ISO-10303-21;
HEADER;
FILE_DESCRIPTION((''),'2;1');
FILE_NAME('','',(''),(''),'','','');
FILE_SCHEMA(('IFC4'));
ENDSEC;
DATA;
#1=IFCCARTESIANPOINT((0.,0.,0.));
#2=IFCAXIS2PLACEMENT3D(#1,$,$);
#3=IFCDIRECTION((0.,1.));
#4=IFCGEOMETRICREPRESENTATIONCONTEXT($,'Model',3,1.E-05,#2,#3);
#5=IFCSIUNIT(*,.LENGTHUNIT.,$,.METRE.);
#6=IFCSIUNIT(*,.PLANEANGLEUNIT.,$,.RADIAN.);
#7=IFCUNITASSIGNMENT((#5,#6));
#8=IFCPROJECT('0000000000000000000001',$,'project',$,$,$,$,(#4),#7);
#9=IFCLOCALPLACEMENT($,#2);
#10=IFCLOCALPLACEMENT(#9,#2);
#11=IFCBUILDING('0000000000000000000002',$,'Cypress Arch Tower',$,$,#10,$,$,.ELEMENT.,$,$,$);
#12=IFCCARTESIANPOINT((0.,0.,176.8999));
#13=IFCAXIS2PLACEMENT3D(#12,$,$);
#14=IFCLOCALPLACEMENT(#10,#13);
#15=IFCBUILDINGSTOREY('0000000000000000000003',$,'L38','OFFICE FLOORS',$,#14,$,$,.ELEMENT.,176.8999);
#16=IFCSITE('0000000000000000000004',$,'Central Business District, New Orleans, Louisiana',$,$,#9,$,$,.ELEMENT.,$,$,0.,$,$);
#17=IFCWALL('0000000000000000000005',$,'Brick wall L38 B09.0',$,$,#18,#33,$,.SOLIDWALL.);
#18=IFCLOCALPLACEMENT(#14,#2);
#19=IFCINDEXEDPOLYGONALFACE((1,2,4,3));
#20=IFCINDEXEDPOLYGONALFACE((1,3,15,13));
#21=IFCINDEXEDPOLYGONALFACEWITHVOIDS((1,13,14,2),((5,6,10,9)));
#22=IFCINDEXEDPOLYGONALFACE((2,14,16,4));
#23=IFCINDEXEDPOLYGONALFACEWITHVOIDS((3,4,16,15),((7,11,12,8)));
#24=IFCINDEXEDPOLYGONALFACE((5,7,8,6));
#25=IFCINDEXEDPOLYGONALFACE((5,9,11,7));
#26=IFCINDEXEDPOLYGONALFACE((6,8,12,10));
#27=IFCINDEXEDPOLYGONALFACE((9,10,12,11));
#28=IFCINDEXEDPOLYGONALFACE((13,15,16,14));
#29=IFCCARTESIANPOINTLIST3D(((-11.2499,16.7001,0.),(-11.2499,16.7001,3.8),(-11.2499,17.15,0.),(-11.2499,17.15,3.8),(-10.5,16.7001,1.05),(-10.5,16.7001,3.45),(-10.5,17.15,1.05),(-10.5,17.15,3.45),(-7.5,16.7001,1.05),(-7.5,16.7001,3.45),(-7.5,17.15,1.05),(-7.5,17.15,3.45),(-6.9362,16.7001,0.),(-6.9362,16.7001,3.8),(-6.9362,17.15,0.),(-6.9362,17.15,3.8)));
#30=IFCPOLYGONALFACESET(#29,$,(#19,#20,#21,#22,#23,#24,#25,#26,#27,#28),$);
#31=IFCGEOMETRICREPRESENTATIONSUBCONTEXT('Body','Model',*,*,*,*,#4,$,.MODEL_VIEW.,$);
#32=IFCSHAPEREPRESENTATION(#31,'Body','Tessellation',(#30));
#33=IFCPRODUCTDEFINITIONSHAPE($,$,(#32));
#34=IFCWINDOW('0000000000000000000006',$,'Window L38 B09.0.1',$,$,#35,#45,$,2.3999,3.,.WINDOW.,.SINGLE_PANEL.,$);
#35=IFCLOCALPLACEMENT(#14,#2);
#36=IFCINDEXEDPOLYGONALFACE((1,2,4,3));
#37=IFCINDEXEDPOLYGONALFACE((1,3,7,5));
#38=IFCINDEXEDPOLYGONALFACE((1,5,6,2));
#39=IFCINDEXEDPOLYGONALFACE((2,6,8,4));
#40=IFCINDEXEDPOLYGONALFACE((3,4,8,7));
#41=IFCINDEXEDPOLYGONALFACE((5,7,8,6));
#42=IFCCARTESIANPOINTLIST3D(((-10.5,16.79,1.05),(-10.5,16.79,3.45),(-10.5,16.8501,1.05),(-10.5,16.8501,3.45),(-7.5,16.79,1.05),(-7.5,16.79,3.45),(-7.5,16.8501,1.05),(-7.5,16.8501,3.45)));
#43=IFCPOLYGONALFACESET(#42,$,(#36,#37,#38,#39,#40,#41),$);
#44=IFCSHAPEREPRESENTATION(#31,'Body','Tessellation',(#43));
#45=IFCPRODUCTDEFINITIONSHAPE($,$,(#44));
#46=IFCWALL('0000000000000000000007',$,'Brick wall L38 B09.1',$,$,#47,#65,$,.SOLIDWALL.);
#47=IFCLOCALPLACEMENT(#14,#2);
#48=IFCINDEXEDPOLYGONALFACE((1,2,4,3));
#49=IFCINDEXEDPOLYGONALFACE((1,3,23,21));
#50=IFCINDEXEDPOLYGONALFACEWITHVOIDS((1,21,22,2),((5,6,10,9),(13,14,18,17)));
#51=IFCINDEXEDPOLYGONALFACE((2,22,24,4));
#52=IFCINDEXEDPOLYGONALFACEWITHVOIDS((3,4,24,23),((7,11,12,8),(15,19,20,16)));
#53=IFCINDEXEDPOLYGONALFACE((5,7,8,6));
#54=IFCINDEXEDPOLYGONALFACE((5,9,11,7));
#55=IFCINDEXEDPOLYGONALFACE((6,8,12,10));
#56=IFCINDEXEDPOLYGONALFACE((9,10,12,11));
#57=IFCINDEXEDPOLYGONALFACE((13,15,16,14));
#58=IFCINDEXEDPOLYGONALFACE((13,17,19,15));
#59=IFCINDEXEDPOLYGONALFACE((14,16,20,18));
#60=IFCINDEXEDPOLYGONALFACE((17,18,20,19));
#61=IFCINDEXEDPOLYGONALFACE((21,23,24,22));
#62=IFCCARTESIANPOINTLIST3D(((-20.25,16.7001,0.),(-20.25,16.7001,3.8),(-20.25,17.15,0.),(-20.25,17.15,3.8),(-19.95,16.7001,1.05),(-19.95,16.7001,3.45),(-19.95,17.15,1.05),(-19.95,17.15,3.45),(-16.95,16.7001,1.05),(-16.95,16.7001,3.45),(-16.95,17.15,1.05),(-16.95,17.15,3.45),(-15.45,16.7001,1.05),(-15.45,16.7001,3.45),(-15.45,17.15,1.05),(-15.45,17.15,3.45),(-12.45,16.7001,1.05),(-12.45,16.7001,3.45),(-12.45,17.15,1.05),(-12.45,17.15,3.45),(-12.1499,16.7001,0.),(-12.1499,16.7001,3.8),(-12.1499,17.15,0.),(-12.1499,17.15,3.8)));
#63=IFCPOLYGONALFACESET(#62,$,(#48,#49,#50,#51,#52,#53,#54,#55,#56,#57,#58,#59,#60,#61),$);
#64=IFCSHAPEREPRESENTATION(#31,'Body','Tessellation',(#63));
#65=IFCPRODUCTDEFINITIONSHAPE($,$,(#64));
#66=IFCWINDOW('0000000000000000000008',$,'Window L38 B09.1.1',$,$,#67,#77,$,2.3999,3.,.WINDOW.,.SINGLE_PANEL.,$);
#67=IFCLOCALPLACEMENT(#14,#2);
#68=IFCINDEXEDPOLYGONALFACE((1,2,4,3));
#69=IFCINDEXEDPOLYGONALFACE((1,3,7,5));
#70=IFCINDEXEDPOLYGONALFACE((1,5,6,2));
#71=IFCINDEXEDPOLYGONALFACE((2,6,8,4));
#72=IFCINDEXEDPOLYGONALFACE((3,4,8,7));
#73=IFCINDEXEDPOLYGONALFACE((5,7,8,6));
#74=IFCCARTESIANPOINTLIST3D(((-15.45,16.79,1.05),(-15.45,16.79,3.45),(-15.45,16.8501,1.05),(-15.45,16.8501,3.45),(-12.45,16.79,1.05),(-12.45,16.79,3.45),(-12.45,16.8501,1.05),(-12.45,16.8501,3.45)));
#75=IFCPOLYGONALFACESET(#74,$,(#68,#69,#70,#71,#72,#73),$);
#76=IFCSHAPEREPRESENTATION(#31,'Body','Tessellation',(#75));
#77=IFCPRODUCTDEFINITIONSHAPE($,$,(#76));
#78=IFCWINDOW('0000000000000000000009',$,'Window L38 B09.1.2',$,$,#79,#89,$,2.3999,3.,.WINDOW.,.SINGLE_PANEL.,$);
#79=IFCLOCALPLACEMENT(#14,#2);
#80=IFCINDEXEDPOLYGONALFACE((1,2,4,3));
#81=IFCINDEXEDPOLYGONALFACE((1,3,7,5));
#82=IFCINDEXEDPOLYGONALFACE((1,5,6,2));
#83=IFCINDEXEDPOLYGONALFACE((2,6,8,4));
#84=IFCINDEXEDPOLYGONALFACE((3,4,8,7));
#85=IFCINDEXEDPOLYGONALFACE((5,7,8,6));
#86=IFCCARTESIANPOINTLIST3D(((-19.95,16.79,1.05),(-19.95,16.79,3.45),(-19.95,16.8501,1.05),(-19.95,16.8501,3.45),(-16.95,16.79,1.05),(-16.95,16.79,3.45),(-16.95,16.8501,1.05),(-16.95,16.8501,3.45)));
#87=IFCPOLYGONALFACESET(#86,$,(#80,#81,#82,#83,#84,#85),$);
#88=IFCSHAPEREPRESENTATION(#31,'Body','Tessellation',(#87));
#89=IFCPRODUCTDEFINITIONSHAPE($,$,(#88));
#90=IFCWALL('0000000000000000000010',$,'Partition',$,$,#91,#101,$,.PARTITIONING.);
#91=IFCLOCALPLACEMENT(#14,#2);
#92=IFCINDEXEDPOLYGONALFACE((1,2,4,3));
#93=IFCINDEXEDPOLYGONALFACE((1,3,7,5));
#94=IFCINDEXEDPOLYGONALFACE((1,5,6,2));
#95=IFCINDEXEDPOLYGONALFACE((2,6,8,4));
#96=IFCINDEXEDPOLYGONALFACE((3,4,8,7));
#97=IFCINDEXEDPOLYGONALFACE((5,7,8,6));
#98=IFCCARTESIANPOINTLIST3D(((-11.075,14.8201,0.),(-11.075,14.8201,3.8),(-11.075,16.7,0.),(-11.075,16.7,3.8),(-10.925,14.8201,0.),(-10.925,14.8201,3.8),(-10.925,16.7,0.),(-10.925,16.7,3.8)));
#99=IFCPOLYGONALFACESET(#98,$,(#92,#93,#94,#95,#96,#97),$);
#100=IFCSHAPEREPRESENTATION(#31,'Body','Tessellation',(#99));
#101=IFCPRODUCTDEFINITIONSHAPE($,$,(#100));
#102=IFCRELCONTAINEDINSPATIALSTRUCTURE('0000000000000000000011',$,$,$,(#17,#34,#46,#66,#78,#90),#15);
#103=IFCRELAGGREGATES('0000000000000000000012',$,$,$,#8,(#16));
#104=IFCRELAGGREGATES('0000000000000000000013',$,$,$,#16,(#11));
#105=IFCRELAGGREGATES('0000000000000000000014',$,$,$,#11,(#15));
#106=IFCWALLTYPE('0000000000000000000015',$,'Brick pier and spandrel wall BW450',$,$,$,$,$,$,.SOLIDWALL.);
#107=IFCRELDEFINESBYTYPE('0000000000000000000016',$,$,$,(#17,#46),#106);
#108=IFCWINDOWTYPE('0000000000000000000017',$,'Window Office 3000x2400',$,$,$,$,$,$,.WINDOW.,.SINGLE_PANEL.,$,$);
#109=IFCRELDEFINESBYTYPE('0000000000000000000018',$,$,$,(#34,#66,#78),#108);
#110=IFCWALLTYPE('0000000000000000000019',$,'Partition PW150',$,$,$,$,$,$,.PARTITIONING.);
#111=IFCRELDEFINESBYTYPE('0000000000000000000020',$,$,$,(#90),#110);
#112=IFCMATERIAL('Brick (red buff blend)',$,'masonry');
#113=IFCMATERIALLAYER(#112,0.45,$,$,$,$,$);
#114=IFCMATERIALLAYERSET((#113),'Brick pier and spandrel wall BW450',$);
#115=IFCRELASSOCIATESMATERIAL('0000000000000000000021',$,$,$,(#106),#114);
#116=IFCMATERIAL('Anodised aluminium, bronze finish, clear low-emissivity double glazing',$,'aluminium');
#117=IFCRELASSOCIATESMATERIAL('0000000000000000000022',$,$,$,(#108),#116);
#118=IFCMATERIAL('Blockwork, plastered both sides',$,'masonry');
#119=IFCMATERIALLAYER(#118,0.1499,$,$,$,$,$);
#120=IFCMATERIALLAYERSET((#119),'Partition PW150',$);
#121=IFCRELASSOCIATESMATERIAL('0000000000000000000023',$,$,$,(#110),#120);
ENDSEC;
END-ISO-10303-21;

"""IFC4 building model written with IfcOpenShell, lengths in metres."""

from ifc_helpers import new_model, si_unit, direction, frame, frame_2d, origin, place, context, subcontext, project, spatial, rectangle, extrude, material, layer, layer_set, type_object, element, fill, save


model = new_model("IFC4")

# Units and contexts
model_context = context("Model", 3, precision=1e-05, world=origin(), true_north=direction((0.0, 1.0)))
body_context = subcontext(model_context, "Body", "Model", "MODEL_VIEW")
ifc_project = project(units=[si_unit("LENGTHUNIT", "METRE"), si_unit("PLANEANGLEUNIT", "RADIAN")], contexts=[model_context])

# Site, building, storey
site_placement = place(None, origin())
site = spatial("IfcSite", under=ifc_project, at=site_placement, Name="Central Business District, New Orleans, Louisiana", CompositionType="ELEMENT", RefElevation=0.0)
building_placement = place(site_placement, origin())
building = spatial("IfcBuilding", under=site, at=building_placement, Name="Cypress Arch Tower", CompositionType="ELEMENT")
storey_placement = place(building_placement, frame((0.0, 0.0, 176.8999)))
storey = spatial("IfcBuildingStorey", under=building, at=storey_placement, Name="L38", Description="OFFICE FLOORS", CompositionType="ELEMENT", Elevation=176.8999)

# Wall, opening, window
ifc_material_1 = material(Name="Brick (red buff blend)", Category="masonry")
ifc_layer_1 = layer(ifc_material_1, 0.45)
ifc_layer_set_1 = layer_set([ifc_layer_1], Name="Brick pier and spandrel wall BW450")
wall_type_1 = type_object("IfcWallType", Name="Brick pier and spandrel wall BW450", PredefinedType="SOLIDWALL", material=ifc_layer_set_1)
wall_1_placement = place(storey_placement, frame((-6.9363, 16.925, 0.0), z_axis=(0.0, 0.0, 1.0), x_axis=(-1.0, 0.0, 0.0)))
wall_1 = element("IfcWall", 1, at=wall_1_placement, inside=storey, type_object=wall_type_1, Name="Brick wall L38 B09.0", PredefinedType="SOLIDWALL", context=body_context, shape_type="SweptSolid", body=[
    extrude(rectangle(XDim=4.3137, YDim=0.45, at=frame_2d((2.1567, 0.0))), origin(), (0.0, 0.0, 1.0), 3.8),
])
opening_1_placement = place(wall_1_placement, frame((0.5637, 0.0, 1.05)))
opening_1 = element("IfcOpeningElement", 2, at=opening_1_placement, cuts=wall_1, PredefinedType="OPENING", context=body_context, shape_type="SweptSolid", body=[
    extrude(rectangle(XDim=3.0, YDim=2.3999, at=frame_2d((1.5, 1.2))), frame((0.0, 0.2349, 0.0), z_axis=(0.0, -1.0, 0.0), x_axis=(1.0, 0.0, 0.0)), (0.0, 0.0, 1.0), 0.47),
])
ifc_material_2 = material(Name="Anodised aluminium, bronze finish, clear low-emissivity double glazing", Category="aluminium")
window_type = type_object("IfcWindowType", Name="Window Office 3000x2400", PartitioningType="SINGLE_PANEL", PredefinedType="WINDOW", material=ifc_material_2)
window_1_placement = place(opening_1_placement, origin())
window_1 = element("IfcWindow", 3, at=window_1_placement, inside=storey, type_object=window_type, Name="Window L38 B09.0.1", OverallHeight=2.3999, OverallWidth=3.0, PartitioningType="SINGLE_PANEL", PredefinedType="WINDOW", context=body_context, shape_type="SweptSolid", body=[
    extrude(rectangle(XDim=3.0, YDim=2.3999, at=frame_2d((1.5, 1.2))), frame((0.0, 0.135, 0.0), z_axis=(0.0, -1.0, 0.0), x_axis=(1.0, 0.0, 0.0)), (0.0, 0.0, 1.0), 0.0601),
])
fill(opening_1, window_1)

# Wall, openings, windows
wall_2_placement = place(storey_placement, frame((-12.1499, 16.925, 0.0), z_axis=(0.0, 0.0, 1.0), x_axis=(-1.0, 0.0, 0.0)))
wall_2 = element("IfcWall", 4, at=wall_2_placement, inside=storey, type_object=wall_type_1, Name="Brick wall L38 B09.1", PredefinedType="SOLIDWALL", context=body_context, shape_type="SweptSolid", body=[
    extrude(rectangle(XDim=8.1001, YDim=0.45, at=frame_2d((4.05, 0.0))), origin(), (0.0, 0.0, 1.0), 3.8),
])
opening_2_placement = place(wall_2_placement, frame((0.3, 0.0, 1.05)))
opening_2 = element("IfcOpeningElement", 5, at=opening_2_placement, cuts=wall_2, PredefinedType="OPENING", context=body_context, shape_type="SweptSolid", body=[
    extrude(rectangle(XDim=3.0, YDim=2.3999, at=frame_2d((1.5, 1.2))), frame((0.0, 0.2349, 0.0), z_axis=(0.0, -1.0, 0.0), x_axis=(1.0, 0.0, 0.0)), (0.0, 0.0, 1.0), 0.47),
])
opening_3_placement = place(wall_2_placement, frame((4.8, 0.0, 1.05)))
opening_3 = element("IfcOpeningElement", 6, at=opening_3_placement, cuts=wall_2, PredefinedType="OPENING", context=body_context, shape_type="SweptSolid", body=[
    extrude(rectangle(XDim=3.0, YDim=2.3999, at=frame_2d((1.5, 1.2))), frame((0.0, 0.2349, 0.0), z_axis=(0.0, -1.0, 0.0), x_axis=(1.0, 0.0, 0.0)), (0.0, 0.0, 1.0), 0.47),
])
window_2_placement = place(opening_2_placement, origin())
window_2 = element("IfcWindow", 7, at=window_2_placement, inside=storey, type_object=window_type, Name="Window L38 B09.1.1", OverallHeight=2.3999, OverallWidth=3.0, PartitioningType="SINGLE_PANEL", PredefinedType="WINDOW", context=body_context, shape_type="SweptSolid", body=[
    extrude(rectangle(XDim=3.0, YDim=2.3999, at=frame_2d((1.5, 1.2))), frame((0.0, 0.135, 0.0), z_axis=(0.0, -1.0, 0.0), x_axis=(1.0, 0.0, 0.0)), (0.0, 0.0, 1.0), 0.0601),
])
fill(opening_2, window_2)
window_3_placement = place(opening_3_placement, origin())
window_3 = element("IfcWindow", 8, at=window_3_placement, inside=storey, type_object=window_type, Name="Window L38 B09.1.2", OverallHeight=2.3999, OverallWidth=3.0, PartitioningType="SINGLE_PANEL", PredefinedType="WINDOW", context=body_context, shape_type="SweptSolid", body=[
    extrude(rectangle(XDim=3.0, YDim=2.3999, at=frame_2d((1.5, 1.2))), frame((0.0, 0.135, 0.0), z_axis=(0.0, -1.0, 0.0), x_axis=(1.0, 0.0, 0.0)), (0.0, 0.0, 1.0), 0.0601),
])
fill(opening_3, window_3)

# Wall
ifc_material_3 = material(Name="Blockwork, plastered both sides", Category="masonry")
ifc_layer_2 = layer(ifc_material_3, 0.1499)
ifc_layer_set_2 = layer_set([ifc_layer_2], Name="Partition PW150")
wall_type_2 = type_object("IfcWallType", Name="Partition PW150", PredefinedType="PARTITIONING", material=ifc_layer_set_2)
wall_3_placement = place(storey_placement, frame((-11.0, 14.8201, 0.0), z_axis=(0.0, 0.0, 1.0), x_axis=(0.0, 1.0, 0.0)))
element("IfcWall", 9, at=wall_3_placement, inside=storey, type_object=wall_type_2, Name="Partition", PredefinedType="PARTITIONING", context=body_context, shape_type="SweptSolid", body=[
    extrude(rectangle(XDim=1.8799, YDim=0.1499, at=frame_2d((0.9399, 0.0))), origin(), (0.0, 0.0, 1.0), 3.8),
])

save(model, "model.ifc")
